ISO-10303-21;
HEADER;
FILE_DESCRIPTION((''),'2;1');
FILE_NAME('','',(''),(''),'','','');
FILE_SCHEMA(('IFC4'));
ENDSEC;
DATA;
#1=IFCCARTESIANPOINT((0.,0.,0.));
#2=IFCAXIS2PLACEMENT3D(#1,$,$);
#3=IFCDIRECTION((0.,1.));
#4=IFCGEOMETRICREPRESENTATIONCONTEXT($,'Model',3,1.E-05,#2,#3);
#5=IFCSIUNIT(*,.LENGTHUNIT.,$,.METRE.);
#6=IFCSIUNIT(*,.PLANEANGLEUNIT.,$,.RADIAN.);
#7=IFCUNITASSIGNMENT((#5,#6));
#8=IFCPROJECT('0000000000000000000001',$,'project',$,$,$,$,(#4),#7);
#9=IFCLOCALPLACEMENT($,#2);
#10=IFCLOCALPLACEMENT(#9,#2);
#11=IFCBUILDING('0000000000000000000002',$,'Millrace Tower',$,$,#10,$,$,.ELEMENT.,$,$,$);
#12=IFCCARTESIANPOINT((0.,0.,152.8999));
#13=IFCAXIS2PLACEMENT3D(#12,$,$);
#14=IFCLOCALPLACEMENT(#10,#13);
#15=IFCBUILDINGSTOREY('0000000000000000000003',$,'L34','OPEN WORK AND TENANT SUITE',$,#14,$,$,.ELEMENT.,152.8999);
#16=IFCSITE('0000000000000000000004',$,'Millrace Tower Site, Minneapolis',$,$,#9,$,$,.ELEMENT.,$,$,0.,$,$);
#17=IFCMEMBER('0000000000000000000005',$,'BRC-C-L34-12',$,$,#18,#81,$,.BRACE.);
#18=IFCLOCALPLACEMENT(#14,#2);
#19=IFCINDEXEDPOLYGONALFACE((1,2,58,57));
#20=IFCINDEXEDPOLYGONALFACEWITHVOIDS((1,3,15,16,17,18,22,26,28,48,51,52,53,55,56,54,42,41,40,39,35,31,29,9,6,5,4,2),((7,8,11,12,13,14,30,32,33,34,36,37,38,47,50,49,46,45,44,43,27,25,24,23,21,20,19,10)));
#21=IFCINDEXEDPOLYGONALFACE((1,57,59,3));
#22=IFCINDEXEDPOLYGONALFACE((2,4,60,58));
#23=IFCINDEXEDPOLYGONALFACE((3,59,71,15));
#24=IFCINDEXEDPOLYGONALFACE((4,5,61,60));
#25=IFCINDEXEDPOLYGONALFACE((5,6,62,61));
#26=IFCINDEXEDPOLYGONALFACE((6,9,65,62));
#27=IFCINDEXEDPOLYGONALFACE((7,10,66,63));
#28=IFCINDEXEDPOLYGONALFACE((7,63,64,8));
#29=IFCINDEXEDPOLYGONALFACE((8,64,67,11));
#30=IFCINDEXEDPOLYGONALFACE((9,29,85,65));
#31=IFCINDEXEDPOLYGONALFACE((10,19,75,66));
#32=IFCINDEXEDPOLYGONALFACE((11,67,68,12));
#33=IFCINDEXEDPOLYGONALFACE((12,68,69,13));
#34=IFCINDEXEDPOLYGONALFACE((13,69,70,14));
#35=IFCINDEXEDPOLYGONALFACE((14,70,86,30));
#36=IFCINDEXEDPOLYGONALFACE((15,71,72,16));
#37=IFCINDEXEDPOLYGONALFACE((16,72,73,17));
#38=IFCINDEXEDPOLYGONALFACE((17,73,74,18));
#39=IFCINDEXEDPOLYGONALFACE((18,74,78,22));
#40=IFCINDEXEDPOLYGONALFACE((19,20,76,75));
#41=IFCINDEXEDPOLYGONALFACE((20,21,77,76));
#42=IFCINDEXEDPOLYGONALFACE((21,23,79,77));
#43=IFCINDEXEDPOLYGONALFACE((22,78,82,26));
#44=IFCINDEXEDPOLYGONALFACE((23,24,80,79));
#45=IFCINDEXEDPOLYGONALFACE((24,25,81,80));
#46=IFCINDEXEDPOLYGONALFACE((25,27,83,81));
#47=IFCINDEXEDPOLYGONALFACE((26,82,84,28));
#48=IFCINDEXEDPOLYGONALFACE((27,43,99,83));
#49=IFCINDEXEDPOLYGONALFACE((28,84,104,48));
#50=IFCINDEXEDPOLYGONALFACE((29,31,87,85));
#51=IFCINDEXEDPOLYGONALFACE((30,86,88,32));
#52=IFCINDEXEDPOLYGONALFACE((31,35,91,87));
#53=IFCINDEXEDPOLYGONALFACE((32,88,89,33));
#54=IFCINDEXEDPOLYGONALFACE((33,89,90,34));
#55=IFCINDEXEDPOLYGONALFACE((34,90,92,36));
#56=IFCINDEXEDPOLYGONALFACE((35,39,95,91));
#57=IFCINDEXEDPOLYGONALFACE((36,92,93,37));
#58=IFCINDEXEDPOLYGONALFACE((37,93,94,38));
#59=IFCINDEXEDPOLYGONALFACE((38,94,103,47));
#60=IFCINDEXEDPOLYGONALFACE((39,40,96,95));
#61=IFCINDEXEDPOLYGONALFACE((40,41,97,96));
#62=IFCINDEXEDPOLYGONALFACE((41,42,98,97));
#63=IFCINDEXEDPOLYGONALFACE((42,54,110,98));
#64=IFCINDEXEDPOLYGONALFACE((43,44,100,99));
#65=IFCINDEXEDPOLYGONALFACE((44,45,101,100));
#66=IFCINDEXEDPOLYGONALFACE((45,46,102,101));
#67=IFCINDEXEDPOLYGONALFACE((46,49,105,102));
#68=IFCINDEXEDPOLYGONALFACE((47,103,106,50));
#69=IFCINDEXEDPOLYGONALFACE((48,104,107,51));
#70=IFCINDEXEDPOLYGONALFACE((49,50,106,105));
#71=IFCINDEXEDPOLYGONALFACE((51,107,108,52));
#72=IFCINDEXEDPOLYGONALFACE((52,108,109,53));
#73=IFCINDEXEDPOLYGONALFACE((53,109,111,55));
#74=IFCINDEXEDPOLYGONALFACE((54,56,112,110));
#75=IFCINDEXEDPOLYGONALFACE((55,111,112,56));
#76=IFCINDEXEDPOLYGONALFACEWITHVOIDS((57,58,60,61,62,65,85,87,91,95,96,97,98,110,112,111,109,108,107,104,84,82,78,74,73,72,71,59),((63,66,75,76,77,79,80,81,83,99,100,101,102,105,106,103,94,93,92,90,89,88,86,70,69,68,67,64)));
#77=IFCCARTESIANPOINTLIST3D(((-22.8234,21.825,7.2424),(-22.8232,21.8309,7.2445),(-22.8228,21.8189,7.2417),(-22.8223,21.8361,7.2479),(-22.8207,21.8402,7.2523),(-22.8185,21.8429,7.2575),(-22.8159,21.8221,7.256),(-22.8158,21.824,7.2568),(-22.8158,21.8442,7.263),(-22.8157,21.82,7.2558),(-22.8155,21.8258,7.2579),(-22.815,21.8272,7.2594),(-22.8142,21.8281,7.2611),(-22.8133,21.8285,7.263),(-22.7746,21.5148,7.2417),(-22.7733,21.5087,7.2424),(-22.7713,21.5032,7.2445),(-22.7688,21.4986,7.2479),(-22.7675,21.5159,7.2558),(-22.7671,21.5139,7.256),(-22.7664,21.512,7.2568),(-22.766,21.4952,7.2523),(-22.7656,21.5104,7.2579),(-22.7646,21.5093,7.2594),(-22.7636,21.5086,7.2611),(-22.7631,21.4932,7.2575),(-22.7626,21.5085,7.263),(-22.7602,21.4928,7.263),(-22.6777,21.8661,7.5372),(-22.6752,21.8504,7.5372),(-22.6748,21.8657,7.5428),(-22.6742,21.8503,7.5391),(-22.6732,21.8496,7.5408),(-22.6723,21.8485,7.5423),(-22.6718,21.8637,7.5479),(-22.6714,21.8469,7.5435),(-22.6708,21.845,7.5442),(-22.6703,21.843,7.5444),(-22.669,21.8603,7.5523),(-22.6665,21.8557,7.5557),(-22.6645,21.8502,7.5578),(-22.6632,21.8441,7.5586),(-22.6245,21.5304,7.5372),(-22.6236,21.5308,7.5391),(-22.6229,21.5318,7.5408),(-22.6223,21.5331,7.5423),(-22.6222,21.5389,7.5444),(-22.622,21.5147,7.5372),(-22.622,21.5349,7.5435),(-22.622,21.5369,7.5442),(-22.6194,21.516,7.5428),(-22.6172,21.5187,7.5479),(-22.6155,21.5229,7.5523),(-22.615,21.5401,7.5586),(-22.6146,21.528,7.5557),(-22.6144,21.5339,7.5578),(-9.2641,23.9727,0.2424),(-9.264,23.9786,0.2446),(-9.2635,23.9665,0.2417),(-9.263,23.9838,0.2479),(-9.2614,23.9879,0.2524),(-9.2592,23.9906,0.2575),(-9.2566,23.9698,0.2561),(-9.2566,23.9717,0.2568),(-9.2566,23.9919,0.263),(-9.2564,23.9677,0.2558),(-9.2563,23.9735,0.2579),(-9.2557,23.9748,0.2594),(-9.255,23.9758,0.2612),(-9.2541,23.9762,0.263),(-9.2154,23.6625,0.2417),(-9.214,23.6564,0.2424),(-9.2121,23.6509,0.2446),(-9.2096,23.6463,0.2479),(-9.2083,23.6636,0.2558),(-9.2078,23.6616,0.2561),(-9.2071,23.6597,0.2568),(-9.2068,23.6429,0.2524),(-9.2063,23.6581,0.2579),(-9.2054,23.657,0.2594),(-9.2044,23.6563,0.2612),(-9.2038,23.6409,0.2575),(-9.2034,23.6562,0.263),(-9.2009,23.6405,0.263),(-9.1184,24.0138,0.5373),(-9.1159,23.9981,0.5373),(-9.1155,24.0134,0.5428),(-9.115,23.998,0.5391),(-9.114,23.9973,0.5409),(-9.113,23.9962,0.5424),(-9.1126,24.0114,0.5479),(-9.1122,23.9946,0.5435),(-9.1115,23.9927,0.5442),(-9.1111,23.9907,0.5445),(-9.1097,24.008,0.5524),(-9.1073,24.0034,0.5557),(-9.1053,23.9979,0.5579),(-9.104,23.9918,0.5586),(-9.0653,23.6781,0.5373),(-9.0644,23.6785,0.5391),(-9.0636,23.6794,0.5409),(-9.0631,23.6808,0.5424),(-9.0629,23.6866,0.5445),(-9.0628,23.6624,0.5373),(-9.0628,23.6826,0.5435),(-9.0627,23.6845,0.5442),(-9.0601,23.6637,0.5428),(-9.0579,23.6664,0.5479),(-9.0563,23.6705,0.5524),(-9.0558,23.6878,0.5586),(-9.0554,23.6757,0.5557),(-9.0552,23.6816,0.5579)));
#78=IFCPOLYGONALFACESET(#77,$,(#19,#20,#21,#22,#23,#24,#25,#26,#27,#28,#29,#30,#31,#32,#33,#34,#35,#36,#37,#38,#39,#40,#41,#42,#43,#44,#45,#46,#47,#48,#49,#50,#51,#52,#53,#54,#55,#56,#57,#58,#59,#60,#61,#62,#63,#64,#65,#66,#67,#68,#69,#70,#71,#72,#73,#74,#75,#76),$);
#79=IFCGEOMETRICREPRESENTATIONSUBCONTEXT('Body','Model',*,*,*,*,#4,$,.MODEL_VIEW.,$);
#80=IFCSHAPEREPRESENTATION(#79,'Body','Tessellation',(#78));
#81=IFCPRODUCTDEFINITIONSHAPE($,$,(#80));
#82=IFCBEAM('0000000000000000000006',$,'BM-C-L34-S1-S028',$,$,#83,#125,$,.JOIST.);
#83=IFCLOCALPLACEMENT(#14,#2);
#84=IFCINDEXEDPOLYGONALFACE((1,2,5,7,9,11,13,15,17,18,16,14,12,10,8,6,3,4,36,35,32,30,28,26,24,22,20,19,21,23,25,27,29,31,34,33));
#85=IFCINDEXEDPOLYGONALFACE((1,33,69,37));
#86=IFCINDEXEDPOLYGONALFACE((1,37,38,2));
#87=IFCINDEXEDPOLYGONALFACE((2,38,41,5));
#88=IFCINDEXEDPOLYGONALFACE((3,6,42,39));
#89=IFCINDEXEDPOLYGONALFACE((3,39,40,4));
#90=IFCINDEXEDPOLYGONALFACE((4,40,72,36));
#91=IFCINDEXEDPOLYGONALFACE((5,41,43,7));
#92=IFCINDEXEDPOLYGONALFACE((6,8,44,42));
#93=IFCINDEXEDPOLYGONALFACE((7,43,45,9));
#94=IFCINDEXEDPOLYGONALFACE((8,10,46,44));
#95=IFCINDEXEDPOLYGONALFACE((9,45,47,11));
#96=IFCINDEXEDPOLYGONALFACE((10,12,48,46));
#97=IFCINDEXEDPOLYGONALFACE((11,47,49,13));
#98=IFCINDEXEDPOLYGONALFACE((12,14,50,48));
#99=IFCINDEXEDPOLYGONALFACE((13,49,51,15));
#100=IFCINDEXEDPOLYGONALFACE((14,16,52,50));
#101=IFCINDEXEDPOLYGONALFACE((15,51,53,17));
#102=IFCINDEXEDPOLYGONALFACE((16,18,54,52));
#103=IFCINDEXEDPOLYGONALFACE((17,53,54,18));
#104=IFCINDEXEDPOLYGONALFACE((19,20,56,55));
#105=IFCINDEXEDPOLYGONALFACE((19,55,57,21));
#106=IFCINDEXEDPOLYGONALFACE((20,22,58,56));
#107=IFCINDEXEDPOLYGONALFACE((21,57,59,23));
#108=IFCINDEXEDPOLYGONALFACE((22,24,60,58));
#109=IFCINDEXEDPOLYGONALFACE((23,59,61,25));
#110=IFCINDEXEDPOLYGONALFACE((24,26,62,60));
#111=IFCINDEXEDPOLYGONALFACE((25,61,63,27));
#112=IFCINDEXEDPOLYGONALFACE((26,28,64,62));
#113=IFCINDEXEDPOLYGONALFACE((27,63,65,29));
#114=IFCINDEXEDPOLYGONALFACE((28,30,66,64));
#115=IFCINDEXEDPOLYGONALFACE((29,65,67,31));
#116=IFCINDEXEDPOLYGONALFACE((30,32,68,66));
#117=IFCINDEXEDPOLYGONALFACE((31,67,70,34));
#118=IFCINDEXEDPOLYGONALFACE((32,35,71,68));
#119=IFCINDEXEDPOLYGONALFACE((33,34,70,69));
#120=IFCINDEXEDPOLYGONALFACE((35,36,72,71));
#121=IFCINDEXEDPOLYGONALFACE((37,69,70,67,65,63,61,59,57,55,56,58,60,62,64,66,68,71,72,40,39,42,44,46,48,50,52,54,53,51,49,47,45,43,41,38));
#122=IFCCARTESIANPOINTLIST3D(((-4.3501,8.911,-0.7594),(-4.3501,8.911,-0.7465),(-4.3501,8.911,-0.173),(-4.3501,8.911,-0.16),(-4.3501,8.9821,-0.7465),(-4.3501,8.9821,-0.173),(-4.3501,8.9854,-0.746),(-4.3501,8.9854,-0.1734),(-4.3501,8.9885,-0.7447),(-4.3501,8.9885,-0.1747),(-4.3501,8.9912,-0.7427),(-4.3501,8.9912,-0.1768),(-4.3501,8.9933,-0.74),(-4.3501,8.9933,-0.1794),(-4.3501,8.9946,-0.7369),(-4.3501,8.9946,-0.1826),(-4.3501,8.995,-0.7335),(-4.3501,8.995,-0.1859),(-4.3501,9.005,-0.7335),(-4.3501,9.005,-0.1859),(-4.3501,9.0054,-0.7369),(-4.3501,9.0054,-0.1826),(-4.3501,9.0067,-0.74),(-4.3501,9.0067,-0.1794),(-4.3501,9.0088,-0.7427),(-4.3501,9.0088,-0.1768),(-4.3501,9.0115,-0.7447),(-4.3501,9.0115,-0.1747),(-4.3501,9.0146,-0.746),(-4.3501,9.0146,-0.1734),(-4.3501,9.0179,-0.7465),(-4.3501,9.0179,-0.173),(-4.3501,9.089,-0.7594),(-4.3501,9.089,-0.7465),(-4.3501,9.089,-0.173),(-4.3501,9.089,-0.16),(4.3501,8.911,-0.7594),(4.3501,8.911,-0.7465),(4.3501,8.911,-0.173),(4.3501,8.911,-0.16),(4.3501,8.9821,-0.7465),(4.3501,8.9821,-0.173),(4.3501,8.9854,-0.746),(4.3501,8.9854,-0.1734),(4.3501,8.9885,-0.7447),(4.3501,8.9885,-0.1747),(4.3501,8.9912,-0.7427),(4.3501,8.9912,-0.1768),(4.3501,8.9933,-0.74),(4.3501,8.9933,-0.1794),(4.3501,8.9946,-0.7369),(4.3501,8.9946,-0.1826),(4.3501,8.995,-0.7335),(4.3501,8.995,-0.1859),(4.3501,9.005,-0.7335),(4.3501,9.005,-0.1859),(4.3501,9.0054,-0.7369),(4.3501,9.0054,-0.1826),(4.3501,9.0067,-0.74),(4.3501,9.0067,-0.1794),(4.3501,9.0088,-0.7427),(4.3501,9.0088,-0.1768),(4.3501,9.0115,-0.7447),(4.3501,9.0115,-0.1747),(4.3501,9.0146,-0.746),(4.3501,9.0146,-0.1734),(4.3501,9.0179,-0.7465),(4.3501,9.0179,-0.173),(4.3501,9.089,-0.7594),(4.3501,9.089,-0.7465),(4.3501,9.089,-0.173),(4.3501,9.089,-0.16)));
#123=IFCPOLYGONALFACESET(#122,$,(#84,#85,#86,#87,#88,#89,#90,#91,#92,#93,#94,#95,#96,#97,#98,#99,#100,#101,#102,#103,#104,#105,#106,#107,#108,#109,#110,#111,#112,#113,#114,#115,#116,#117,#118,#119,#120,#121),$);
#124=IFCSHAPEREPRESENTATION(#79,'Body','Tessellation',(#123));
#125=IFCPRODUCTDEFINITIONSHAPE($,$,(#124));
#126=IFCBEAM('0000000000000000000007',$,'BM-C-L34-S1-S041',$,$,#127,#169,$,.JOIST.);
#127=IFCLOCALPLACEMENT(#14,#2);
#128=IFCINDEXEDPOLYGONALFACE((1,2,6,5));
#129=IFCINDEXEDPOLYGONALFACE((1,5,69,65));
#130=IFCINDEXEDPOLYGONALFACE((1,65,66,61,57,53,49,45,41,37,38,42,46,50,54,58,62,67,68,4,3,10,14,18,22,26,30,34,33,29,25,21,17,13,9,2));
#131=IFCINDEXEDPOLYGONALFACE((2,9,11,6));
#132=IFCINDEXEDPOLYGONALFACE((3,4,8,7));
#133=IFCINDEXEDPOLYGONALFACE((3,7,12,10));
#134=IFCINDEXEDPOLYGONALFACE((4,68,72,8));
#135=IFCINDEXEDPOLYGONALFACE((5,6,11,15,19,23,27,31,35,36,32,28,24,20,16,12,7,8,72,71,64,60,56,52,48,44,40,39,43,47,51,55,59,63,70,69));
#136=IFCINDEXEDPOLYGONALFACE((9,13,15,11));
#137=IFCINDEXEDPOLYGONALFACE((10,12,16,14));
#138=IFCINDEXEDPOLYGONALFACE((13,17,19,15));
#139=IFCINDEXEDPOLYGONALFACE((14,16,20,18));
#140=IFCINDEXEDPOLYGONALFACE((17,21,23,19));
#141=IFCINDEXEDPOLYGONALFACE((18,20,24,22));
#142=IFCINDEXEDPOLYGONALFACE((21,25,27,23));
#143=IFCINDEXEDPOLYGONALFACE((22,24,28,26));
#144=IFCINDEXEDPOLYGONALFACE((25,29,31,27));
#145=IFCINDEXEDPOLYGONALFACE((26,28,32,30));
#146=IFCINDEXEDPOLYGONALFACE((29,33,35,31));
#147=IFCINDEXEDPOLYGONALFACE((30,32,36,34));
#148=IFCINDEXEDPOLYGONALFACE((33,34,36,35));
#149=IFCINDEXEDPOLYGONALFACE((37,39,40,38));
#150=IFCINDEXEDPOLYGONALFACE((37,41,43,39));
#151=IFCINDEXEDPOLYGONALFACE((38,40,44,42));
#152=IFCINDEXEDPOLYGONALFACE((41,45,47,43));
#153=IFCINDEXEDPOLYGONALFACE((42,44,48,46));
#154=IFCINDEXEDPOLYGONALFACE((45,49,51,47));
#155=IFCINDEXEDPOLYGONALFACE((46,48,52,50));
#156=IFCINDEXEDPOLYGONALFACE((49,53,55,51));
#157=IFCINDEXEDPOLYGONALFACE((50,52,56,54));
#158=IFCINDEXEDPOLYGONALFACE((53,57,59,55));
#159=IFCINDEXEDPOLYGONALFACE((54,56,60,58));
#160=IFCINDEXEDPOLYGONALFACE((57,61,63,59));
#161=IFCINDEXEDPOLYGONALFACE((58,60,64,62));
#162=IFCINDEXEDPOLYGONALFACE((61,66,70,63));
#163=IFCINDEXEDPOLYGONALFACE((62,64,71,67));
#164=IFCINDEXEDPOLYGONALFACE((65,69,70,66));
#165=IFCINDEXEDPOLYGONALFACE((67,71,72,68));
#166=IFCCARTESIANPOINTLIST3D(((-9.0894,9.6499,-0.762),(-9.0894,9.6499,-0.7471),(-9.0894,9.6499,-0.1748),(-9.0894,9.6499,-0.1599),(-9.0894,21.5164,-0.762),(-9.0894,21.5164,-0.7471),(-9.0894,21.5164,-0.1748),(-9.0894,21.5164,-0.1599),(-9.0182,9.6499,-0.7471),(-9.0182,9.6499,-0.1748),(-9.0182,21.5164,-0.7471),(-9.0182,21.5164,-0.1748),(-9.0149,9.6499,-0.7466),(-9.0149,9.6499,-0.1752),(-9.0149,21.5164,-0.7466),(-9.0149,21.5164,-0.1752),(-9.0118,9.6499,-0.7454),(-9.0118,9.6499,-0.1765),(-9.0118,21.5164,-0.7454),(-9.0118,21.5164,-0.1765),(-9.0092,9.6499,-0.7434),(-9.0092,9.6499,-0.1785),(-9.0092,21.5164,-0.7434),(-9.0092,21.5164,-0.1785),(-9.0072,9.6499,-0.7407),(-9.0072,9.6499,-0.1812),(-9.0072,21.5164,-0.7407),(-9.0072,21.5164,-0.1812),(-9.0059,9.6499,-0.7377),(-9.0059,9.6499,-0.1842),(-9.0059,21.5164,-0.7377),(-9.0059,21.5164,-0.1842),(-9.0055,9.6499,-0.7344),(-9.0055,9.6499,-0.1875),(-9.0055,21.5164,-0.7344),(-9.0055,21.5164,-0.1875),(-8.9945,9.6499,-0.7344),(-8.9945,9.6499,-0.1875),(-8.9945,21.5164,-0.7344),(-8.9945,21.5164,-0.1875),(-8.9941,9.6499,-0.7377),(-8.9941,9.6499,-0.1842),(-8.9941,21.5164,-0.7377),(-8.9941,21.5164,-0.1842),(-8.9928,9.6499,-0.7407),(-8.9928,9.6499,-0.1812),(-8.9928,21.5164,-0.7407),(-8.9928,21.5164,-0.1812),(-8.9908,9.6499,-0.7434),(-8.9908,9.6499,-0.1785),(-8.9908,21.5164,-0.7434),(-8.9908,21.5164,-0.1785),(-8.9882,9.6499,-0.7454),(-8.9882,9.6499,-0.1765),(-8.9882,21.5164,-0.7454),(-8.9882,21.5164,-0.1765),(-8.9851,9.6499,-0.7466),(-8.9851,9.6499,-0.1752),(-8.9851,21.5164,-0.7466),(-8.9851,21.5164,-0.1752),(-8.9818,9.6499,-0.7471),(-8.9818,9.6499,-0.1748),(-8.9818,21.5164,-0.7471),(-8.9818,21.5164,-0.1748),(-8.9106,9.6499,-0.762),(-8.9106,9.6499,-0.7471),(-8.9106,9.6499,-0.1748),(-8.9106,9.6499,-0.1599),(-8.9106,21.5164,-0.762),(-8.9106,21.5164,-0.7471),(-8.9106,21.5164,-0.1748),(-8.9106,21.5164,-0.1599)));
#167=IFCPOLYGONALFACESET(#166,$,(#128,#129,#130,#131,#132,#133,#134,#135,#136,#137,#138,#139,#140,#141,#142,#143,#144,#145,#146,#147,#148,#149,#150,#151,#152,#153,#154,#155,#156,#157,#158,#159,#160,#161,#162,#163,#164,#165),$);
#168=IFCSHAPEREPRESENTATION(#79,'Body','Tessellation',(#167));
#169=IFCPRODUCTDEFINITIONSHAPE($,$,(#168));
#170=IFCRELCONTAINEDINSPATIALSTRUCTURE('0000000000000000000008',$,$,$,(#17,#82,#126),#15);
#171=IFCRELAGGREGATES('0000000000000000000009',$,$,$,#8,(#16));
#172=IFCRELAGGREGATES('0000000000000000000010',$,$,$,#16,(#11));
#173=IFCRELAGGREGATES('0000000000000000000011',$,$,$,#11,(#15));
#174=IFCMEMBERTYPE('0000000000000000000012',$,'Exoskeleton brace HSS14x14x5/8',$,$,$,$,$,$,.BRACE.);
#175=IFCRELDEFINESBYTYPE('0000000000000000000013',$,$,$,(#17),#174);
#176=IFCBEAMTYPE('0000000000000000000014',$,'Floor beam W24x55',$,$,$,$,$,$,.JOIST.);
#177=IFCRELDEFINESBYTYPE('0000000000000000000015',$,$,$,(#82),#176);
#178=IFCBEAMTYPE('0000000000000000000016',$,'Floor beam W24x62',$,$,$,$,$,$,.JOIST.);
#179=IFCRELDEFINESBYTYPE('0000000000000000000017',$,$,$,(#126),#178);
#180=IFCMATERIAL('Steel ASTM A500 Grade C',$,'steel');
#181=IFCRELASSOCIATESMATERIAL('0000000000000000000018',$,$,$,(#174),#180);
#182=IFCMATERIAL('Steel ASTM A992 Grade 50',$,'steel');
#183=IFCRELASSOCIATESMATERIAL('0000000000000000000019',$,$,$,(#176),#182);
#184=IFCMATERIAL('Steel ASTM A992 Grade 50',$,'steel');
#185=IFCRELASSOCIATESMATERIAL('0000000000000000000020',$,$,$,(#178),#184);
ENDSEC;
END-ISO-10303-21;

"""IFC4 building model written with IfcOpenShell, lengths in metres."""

from ifc_helpers import new_model, si_unit, direction, frame, origin, origin_2d, place, context, subcontext, project, spatial, hollow_rectangle, i_section, extrude, material, material_profile, profile_set, type_object, element, save


model = new_model("IFC4")

# Units and contexts
model_context = context("Model", 3, precision=1e-05, world=origin(), true_north=direction((0.0, 1.0)))
body_context = subcontext(model_context, "Body", "Model", "MODEL_VIEW")
ifc_project = project(units=[si_unit("LENGTHUNIT", "METRE"), si_unit("PLANEANGLEUNIT", "RADIAN")], contexts=[model_context])

# Site, building, storey
site_placement = place(None, origin())
site = spatial("IfcSite", under=ifc_project, at=site_placement, Name="Millrace Tower Site, Minneapolis", CompositionType="ELEMENT", RefElevation=0.0)
building_placement = place(site_placement, origin())
building = spatial("IfcBuilding", under=site, at=building_placement, Name="Millrace Tower", CompositionType="ELEMENT")
storey_placement = place(building_placement, frame((0.0, 0.0, 152.8999)))
storey = spatial("IfcBuildingStorey", under=building, at=storey_placement, Name="L34", Description="OPEN WORK AND TENANT SUITE", CompositionType="ELEMENT", Elevation=152.8999)

# Member
ifc_material_1 = material(Name="Steel ASTM A500 Grade C", Category="steel")
ifc_material_profile_1 = material_profile(ifc_material_1, hollow_rectangle(XDim=0.3557, YDim=0.3557, WallThickness=0.0159, InnerFilletRadius=0.0081, OuterFilletRadius=0.0239, at=origin_2d()))
ifc_profile_set_1 = profile_set([ifc_material_profile_1], Name="Steel ASTM A500 Grade C")
member_type_1 = type_object("IfcMemberType", Name="Exoskeleton brace HSS14x14x5/8", PredefinedType="BRACE", material=ifc_profile_set_1)
member_1_placement = place(storey_placement, frame((-9.1597, 23.8271, 0.4001), z_axis=(-0.879905, -0.139371, 0.454251), x_axis=(0.156443, -0.987687, 0.0)))
element("IfcMember", 1, at=member_1_placement, inside=storey, type_object=member_type_1, Name="BRC-C-L34-12", PredefinedType="BRACE", context=body_context, shape_type="SweptSolid", body=[
    extrude(hollow_rectangle(XDim=0.3557, YDim=0.3557, WallThickness=0.0159, InnerFilletRadius=0.0081, OuterFilletRadius=0.0239, at=origin_2d()), origin(), (0.0, 0.0, 1.0), 15.4099),
])

# Beams
ifc_material_2 = material(Name="Steel ASTM A992 Grade 50", Category="steel")
ifc_material_profile_2 = material_profile(ifc_material_2, i_section(OverallWidth=0.178, OverallDepth=0.5994, WebThickness=0.01, FlangeThickness=0.0129, FilletRadius=0.0129, at=origin_2d()))
ifc_profile_set_2 = profile_set([ifc_material_profile_2], Name="Steel ASTM A992 Grade 50")
beam_type_1 = type_object("IfcBeamType", Name="Floor beam W24x55", PredefinedType="JOIST", material=ifc_profile_set_2)
beam_1_placement = place(storey_placement, frame((-4.3501, 9.0, -0.4597), z_axis=(1.0, 0.0, 0.0), x_axis=(0.0, 1.0, 0.0)))
element("IfcBeam", 2, at=beam_1_placement, inside=storey, type_object=beam_type_1, Name="BM-C-L34-S1-S028", PredefinedType="JOIST", context=body_context, shape_type="SweptSolid", body=[
    extrude(i_section(OverallWidth=0.178, OverallDepth=0.5994, WebThickness=0.01, FlangeThickness=0.0129, FilletRadius=0.0129, at=origin_2d()), origin(), (0.0, 0.0, 1.0), 8.7002),
])
ifc_material_3 = material(Name="Steel ASTM A992 Grade 50", Category="steel")
ifc_material_profile_3 = material_profile(ifc_material_3, i_section(OverallWidth=0.1787, OverallDepth=0.6021, WebThickness=0.011, FlangeThickness=0.0149, FilletRadius=0.0127, at=origin_2d()))
ifc_profile_set_3 = profile_set([ifc_material_profile_3], Name="Steel ASTM A992 Grade 50")
beam_type_2 = type_object("IfcBeamType", Name="Floor beam W24x62", PredefinedType="JOIST", material=ifc_profile_set_3)
beam_2_placement = place(storey_placement, frame((-9.0, 9.6499, -0.4609), z_axis=(0.0, 1.0, 0.0), x_axis=(-1.0, 0.0, 0.0)))
element("IfcBeam", 3, at=beam_2_placement, inside=storey, type_object=beam_type_2, Name="BM-C-L34-S1-S041", PredefinedType="JOIST", context=body_context, shape_type="SweptSolid", body=[
    extrude(i_section(OverallWidth=0.1787, OverallDepth=0.6021, WebThickness=0.011, FlangeThickness=0.0149, FilletRadius=0.0127, at=origin_2d()), origin(), (0.0, 0.0, 1.0), 11.8665),
])

save(model, "model.ifc")
